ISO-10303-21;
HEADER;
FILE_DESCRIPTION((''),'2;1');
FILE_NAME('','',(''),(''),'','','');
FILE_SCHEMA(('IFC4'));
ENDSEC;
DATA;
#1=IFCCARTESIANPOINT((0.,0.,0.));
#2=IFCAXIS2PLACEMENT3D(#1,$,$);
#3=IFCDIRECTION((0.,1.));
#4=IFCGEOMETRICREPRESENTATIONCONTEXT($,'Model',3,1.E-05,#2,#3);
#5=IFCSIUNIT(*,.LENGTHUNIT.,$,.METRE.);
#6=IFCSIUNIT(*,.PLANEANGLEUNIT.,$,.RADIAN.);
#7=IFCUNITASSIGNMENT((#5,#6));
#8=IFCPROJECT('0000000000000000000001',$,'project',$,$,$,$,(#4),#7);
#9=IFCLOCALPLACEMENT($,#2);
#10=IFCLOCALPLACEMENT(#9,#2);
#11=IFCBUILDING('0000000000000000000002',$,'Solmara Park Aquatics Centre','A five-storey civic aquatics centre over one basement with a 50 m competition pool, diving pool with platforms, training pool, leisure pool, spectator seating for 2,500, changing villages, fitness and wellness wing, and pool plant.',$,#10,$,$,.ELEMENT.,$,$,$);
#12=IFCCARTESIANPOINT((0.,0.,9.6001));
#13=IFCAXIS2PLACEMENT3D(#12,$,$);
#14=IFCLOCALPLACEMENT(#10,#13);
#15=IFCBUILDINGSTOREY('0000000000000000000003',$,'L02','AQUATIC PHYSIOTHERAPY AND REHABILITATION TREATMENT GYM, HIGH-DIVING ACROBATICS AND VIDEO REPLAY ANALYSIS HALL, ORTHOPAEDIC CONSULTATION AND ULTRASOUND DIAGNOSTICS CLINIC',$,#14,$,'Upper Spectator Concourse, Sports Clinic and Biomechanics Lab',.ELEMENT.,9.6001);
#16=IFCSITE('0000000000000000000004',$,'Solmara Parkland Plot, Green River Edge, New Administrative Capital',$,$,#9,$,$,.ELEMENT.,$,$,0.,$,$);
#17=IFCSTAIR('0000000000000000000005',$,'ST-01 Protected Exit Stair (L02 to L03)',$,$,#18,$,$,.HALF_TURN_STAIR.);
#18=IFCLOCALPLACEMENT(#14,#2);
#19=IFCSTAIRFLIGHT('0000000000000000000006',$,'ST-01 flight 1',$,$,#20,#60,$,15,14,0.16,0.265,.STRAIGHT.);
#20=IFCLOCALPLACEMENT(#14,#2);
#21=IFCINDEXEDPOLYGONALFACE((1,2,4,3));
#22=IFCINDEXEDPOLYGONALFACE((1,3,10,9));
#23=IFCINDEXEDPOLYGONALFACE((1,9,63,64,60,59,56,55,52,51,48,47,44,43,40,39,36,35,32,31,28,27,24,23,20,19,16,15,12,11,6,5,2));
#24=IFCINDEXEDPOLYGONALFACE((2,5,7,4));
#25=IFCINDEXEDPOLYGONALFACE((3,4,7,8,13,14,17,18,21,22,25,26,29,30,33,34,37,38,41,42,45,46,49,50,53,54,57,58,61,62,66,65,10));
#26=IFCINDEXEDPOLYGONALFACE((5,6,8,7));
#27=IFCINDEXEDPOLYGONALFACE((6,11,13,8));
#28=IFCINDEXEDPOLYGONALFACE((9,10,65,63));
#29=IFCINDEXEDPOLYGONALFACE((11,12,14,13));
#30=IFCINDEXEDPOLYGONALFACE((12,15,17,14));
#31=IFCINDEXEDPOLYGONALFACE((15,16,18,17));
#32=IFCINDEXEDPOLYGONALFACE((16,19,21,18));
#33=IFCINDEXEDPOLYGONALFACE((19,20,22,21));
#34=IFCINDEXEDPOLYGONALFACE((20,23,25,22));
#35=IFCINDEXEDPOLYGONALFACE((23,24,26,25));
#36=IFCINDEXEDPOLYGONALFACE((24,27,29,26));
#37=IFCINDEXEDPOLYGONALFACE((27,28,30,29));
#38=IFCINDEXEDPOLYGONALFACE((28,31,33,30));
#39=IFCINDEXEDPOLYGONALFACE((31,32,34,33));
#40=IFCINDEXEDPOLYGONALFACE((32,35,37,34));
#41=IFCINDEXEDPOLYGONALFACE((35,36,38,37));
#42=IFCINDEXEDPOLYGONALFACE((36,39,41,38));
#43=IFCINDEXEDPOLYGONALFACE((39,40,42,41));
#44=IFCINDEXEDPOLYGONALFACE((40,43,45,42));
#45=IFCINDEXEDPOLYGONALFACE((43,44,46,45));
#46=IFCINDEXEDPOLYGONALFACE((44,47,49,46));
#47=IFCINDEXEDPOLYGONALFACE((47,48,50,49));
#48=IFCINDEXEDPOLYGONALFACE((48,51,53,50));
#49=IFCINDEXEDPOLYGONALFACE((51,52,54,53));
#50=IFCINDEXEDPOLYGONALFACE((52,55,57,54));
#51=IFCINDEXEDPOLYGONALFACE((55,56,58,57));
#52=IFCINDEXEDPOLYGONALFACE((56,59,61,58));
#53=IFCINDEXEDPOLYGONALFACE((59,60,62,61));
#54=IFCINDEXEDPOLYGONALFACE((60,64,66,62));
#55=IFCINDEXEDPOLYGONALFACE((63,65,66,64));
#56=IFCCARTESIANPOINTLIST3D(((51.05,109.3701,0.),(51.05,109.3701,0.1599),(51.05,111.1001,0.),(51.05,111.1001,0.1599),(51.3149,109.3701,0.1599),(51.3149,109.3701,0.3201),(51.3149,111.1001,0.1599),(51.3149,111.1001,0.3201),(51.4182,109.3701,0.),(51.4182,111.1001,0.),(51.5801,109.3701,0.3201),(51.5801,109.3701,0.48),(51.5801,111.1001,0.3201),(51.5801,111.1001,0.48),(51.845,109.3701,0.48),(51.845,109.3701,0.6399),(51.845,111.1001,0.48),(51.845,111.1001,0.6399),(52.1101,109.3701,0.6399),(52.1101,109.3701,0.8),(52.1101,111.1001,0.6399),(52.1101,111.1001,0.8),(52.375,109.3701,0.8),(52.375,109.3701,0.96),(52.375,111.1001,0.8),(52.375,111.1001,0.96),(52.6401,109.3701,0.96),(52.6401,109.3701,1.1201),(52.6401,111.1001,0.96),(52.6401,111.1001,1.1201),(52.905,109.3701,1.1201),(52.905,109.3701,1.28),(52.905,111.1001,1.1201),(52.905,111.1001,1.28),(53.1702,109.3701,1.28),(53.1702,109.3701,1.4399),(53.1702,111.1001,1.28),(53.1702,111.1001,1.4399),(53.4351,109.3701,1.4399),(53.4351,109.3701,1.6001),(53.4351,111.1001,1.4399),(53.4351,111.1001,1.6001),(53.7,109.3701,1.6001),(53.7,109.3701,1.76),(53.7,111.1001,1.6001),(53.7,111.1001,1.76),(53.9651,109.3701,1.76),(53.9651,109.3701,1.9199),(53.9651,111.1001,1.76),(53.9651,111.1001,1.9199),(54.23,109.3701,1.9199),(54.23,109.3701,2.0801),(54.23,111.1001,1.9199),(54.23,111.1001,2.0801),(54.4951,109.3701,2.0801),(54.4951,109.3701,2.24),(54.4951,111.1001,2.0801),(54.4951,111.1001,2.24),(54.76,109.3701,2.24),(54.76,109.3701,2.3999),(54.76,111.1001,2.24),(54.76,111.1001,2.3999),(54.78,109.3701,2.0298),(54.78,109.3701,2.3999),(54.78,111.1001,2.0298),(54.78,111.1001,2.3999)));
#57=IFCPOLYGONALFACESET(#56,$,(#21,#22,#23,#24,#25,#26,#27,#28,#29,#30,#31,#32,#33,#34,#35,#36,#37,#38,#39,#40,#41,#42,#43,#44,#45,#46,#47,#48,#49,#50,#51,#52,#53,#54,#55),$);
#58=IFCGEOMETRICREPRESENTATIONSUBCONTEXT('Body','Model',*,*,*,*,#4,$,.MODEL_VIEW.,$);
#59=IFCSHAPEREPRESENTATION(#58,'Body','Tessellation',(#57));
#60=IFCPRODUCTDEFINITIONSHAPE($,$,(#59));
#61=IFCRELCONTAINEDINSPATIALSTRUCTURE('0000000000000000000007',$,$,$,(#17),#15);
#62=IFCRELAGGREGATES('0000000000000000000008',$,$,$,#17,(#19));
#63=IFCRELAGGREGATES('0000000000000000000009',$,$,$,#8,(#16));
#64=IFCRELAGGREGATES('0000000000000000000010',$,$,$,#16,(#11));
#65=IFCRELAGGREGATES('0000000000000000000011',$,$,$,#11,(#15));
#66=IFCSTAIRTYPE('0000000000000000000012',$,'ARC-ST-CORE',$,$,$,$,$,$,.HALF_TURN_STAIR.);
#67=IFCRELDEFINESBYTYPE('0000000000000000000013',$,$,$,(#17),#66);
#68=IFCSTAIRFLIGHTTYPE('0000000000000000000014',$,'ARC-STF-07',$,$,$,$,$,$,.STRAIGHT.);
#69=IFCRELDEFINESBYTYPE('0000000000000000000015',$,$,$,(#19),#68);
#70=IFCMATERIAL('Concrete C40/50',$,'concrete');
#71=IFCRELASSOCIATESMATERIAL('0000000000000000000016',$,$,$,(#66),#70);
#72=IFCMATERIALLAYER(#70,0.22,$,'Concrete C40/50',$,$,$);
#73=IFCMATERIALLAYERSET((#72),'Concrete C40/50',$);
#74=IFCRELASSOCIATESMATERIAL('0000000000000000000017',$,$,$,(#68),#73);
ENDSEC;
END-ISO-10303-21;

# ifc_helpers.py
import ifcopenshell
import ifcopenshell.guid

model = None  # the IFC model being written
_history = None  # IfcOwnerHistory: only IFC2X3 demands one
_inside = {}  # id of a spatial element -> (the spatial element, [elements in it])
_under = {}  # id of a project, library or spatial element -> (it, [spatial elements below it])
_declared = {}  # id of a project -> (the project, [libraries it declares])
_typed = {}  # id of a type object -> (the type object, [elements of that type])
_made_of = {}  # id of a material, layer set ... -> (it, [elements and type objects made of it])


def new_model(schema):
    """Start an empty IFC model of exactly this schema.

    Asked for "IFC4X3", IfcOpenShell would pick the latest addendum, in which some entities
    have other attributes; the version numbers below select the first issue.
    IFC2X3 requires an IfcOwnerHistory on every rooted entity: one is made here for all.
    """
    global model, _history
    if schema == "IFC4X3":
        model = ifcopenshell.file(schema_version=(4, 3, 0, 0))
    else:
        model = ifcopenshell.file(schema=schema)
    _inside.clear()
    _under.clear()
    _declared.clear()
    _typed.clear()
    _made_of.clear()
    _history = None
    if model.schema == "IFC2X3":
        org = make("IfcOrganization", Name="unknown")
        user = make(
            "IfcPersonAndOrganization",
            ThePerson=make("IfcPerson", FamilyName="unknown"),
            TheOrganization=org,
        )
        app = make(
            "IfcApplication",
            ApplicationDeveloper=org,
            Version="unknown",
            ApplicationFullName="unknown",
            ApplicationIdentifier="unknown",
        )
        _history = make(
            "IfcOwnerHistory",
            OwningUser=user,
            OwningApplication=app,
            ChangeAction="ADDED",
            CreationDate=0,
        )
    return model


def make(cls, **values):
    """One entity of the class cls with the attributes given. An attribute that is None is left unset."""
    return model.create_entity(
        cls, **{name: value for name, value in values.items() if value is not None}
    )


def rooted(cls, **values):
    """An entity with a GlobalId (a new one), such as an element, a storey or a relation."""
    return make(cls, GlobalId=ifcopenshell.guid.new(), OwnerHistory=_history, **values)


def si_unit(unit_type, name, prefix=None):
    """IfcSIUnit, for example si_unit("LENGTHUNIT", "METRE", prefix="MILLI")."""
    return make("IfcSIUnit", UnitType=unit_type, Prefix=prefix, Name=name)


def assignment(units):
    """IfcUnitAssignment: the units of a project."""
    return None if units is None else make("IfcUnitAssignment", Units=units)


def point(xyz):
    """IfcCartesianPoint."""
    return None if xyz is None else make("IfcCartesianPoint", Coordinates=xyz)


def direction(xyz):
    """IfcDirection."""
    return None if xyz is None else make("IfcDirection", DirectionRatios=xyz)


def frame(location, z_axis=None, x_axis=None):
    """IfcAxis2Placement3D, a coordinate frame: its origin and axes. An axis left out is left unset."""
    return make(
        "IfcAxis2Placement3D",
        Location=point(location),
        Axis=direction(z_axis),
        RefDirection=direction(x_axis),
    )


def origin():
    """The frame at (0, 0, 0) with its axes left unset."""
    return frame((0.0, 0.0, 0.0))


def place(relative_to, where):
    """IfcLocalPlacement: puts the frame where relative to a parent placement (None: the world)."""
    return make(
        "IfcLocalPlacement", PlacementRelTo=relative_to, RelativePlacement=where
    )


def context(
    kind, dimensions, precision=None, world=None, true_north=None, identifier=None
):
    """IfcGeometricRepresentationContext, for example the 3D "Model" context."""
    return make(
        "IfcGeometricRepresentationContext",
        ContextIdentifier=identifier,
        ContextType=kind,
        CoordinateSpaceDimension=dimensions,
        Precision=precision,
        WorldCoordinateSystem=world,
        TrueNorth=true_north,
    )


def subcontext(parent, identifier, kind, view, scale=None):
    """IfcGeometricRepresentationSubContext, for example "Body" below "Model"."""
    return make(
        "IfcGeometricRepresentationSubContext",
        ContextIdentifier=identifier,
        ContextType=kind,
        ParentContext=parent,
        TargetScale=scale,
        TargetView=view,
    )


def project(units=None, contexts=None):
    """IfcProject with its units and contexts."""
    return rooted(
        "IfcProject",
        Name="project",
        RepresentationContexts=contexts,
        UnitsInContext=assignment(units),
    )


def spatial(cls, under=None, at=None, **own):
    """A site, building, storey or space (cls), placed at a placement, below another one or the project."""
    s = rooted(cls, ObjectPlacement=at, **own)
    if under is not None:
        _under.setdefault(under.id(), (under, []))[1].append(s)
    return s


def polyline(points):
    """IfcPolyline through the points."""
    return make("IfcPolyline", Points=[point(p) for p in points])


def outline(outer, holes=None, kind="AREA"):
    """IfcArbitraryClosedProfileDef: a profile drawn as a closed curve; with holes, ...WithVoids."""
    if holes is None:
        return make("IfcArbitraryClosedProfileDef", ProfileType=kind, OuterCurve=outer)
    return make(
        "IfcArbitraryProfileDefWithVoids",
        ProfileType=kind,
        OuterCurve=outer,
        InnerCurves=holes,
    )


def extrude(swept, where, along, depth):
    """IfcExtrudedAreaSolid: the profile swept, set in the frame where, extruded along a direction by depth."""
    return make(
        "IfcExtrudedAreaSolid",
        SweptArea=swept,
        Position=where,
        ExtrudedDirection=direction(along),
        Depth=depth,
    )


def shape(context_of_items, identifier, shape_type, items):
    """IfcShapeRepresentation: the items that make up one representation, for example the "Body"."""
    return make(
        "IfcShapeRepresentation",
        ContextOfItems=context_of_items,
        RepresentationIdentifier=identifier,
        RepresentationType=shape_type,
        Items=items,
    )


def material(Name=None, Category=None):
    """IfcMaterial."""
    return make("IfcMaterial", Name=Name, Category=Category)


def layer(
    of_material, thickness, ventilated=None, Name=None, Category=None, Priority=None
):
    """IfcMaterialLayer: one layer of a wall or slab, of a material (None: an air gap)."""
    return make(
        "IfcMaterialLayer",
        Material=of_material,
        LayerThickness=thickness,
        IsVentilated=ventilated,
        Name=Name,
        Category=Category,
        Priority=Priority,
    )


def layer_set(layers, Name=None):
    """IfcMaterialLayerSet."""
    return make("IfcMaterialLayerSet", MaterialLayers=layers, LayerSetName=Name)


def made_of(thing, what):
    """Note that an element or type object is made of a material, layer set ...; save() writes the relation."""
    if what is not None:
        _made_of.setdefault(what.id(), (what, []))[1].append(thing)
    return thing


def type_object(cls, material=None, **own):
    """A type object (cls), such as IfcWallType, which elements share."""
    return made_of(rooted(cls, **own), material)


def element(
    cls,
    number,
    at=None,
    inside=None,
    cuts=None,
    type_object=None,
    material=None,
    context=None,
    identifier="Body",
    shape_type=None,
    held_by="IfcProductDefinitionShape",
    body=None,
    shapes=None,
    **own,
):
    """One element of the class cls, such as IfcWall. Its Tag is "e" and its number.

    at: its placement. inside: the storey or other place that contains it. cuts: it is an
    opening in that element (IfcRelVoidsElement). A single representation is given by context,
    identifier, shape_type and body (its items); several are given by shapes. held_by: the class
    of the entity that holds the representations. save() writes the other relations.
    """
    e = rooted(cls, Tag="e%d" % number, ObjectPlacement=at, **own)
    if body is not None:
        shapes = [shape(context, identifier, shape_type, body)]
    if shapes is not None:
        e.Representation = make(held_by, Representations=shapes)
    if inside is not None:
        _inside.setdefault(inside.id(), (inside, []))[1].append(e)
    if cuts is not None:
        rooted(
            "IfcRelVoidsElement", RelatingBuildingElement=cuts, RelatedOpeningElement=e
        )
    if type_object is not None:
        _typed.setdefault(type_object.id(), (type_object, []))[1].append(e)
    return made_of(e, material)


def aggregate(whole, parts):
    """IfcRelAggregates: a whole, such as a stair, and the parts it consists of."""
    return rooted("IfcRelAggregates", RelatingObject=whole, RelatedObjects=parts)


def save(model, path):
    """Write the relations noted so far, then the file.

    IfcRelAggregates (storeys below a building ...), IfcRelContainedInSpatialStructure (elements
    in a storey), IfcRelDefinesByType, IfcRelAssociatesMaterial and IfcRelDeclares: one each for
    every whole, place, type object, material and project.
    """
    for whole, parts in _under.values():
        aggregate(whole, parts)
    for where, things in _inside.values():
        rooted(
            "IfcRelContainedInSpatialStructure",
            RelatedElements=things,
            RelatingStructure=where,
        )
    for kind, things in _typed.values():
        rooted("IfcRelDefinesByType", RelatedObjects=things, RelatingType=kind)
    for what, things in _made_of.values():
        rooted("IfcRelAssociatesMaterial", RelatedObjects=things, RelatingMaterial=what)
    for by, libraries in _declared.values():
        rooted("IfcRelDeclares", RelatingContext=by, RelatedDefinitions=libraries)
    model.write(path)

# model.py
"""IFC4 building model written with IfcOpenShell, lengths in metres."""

from ifc_helpers import new_model, si_unit, direction, frame, origin, place, context, subcontext, project, spatial, polyline, outline, extrude, material, layer, layer_set, type_object, element, aggregate, save


model = new_model("IFC4")

# Units and contexts
model_context = context("Model", 3, precision=1e-05, world=origin(), true_north=direction((0.0, 1.0)))
body_context = subcontext(model_context, "Body", "Model", "MODEL_VIEW")
ifc_project = project(units=[si_unit("LENGTHUNIT", "METRE"), si_unit("PLANEANGLEUNIT", "RADIAN")], contexts=[model_context])

# Site, building, storey
site_placement = place(None, origin())
site = spatial("IfcSite", under=ifc_project, at=site_placement, Name="Solmara Parkland Plot, Green River Edge, New Administrative Capital", CompositionType="ELEMENT", RefElevation=0.0)
building_placement = place(site_placement, origin())
building = spatial("IfcBuilding", under=site, at=building_placement, Name="Solmara Park Aquatics Centre", Description="A five-storey civic aquatics centre over one basement with a 50 m competition pool, diving pool with platforms, training pool, leisure pool, spectator seating for 2,500, changing villages, fitness and wellness wing, and pool plant.", CompositionType="ELEMENT")
storey_placement = place(building_placement, frame((0.0, 0.0, 9.6001)))
storey = spatial("IfcBuildingStorey", under=building, at=storey_placement, Name="L02", Description="AQUATIC PHYSIOTHERAPY AND REHABILITATION TREATMENT GYM, HIGH-DIVING ACROBATICS AND VIDEO REPLAY ANALYSIS HALL, ORTHOPAEDIC CONSULTATION AND ULTRASOUND DIAGNOSTICS CLINIC", LongName="Upper Spectator Concourse, Sports Clinic and Biomechanics Lab", CompositionType="ELEMENT", Elevation=9.6001)

# Shared definitions
ifc_material_1 = material(Name="Concrete C40/50", Category="concrete")

# Stair, stair flight
stair_type = type_object("IfcStairType", Name="ARC-ST-CORE", PredefinedType="HALF_TURN_STAIR", material=ifc_material_1)
stair_placement = place(storey_placement, origin())
stair = element("IfcStair", 1, at=stair_placement, inside=storey, type_object=stair_type, Name="ST-01 Protected Exit Stair (L02 to L03)", PredefinedType="HALF_TURN_STAIR")
ifc_layer_1 = layer(ifc_material_1, 0.22, Name="Concrete C40/50")
ifc_layer_set_1 = layer_set([ifc_layer_1], Name="Concrete C40/50")
stair_flight_type = type_object("IfcStairFlightType", Name="ARC-STF-07", PredefinedType="STRAIGHT", material=ifc_layer_set_1)
stair_flight_placement = place(storey_placement, frame((51.05, 110.2351, 0.0), z_axis=(0.0, 0.0, 1.0), x_axis=(1.0, 0.0, 0.0)))
stair_flight = element("IfcStairFlight", 2, at=stair_flight_placement, type_object=stair_flight_type, Name="ST-01 flight 1", NumberOfRisers=15, NumberOfTreads=14, PredefinedType="STRAIGHT", RiserHeight=0.16, TreadLength=0.265, context=body_context, shape_type="SweptSolid", body=[
    extrude(outline(polyline([(0.0, 0.0), (0.0, 0.1599), (0.2649, 0.1599), (0.2649, 0.3201), (0.53, 0.3201), (0.53, 0.48), (0.7949, 0.48), (0.7949, 0.6399), (1.0601, 0.6399), (1.0601, 0.8), (1.325, 0.8), (1.325, 0.96), (1.5901, 0.96), (1.5901, 1.1201), (1.855, 1.1201), (1.855, 1.28), (2.1201, 1.28), (2.1201, 1.4399), (2.385, 1.4399), (2.385, 1.6001), (2.6499, 1.6001), (2.6499, 1.76), (2.915, 1.76), (2.915, 1.9199), (3.1799, 1.9199), (3.1799, 2.0801), (3.4451, 2.0801), (3.4451, 2.24), (3.71, 2.24), (3.71, 2.3999), (3.73, 2.3999), (3.73, 2.0298), (0.3682, 0.0), (0.0, 0.0)])), frame((0.0, 0.865, 0.0), z_axis=(0.0, -1.0, 0.0), x_axis=(1.0, 0.0, 0.0)), (0.0, 0.0, 1.0), 1.73),
])
aggregate(stair, [stair_flight])

save(model, "model.ifc")
